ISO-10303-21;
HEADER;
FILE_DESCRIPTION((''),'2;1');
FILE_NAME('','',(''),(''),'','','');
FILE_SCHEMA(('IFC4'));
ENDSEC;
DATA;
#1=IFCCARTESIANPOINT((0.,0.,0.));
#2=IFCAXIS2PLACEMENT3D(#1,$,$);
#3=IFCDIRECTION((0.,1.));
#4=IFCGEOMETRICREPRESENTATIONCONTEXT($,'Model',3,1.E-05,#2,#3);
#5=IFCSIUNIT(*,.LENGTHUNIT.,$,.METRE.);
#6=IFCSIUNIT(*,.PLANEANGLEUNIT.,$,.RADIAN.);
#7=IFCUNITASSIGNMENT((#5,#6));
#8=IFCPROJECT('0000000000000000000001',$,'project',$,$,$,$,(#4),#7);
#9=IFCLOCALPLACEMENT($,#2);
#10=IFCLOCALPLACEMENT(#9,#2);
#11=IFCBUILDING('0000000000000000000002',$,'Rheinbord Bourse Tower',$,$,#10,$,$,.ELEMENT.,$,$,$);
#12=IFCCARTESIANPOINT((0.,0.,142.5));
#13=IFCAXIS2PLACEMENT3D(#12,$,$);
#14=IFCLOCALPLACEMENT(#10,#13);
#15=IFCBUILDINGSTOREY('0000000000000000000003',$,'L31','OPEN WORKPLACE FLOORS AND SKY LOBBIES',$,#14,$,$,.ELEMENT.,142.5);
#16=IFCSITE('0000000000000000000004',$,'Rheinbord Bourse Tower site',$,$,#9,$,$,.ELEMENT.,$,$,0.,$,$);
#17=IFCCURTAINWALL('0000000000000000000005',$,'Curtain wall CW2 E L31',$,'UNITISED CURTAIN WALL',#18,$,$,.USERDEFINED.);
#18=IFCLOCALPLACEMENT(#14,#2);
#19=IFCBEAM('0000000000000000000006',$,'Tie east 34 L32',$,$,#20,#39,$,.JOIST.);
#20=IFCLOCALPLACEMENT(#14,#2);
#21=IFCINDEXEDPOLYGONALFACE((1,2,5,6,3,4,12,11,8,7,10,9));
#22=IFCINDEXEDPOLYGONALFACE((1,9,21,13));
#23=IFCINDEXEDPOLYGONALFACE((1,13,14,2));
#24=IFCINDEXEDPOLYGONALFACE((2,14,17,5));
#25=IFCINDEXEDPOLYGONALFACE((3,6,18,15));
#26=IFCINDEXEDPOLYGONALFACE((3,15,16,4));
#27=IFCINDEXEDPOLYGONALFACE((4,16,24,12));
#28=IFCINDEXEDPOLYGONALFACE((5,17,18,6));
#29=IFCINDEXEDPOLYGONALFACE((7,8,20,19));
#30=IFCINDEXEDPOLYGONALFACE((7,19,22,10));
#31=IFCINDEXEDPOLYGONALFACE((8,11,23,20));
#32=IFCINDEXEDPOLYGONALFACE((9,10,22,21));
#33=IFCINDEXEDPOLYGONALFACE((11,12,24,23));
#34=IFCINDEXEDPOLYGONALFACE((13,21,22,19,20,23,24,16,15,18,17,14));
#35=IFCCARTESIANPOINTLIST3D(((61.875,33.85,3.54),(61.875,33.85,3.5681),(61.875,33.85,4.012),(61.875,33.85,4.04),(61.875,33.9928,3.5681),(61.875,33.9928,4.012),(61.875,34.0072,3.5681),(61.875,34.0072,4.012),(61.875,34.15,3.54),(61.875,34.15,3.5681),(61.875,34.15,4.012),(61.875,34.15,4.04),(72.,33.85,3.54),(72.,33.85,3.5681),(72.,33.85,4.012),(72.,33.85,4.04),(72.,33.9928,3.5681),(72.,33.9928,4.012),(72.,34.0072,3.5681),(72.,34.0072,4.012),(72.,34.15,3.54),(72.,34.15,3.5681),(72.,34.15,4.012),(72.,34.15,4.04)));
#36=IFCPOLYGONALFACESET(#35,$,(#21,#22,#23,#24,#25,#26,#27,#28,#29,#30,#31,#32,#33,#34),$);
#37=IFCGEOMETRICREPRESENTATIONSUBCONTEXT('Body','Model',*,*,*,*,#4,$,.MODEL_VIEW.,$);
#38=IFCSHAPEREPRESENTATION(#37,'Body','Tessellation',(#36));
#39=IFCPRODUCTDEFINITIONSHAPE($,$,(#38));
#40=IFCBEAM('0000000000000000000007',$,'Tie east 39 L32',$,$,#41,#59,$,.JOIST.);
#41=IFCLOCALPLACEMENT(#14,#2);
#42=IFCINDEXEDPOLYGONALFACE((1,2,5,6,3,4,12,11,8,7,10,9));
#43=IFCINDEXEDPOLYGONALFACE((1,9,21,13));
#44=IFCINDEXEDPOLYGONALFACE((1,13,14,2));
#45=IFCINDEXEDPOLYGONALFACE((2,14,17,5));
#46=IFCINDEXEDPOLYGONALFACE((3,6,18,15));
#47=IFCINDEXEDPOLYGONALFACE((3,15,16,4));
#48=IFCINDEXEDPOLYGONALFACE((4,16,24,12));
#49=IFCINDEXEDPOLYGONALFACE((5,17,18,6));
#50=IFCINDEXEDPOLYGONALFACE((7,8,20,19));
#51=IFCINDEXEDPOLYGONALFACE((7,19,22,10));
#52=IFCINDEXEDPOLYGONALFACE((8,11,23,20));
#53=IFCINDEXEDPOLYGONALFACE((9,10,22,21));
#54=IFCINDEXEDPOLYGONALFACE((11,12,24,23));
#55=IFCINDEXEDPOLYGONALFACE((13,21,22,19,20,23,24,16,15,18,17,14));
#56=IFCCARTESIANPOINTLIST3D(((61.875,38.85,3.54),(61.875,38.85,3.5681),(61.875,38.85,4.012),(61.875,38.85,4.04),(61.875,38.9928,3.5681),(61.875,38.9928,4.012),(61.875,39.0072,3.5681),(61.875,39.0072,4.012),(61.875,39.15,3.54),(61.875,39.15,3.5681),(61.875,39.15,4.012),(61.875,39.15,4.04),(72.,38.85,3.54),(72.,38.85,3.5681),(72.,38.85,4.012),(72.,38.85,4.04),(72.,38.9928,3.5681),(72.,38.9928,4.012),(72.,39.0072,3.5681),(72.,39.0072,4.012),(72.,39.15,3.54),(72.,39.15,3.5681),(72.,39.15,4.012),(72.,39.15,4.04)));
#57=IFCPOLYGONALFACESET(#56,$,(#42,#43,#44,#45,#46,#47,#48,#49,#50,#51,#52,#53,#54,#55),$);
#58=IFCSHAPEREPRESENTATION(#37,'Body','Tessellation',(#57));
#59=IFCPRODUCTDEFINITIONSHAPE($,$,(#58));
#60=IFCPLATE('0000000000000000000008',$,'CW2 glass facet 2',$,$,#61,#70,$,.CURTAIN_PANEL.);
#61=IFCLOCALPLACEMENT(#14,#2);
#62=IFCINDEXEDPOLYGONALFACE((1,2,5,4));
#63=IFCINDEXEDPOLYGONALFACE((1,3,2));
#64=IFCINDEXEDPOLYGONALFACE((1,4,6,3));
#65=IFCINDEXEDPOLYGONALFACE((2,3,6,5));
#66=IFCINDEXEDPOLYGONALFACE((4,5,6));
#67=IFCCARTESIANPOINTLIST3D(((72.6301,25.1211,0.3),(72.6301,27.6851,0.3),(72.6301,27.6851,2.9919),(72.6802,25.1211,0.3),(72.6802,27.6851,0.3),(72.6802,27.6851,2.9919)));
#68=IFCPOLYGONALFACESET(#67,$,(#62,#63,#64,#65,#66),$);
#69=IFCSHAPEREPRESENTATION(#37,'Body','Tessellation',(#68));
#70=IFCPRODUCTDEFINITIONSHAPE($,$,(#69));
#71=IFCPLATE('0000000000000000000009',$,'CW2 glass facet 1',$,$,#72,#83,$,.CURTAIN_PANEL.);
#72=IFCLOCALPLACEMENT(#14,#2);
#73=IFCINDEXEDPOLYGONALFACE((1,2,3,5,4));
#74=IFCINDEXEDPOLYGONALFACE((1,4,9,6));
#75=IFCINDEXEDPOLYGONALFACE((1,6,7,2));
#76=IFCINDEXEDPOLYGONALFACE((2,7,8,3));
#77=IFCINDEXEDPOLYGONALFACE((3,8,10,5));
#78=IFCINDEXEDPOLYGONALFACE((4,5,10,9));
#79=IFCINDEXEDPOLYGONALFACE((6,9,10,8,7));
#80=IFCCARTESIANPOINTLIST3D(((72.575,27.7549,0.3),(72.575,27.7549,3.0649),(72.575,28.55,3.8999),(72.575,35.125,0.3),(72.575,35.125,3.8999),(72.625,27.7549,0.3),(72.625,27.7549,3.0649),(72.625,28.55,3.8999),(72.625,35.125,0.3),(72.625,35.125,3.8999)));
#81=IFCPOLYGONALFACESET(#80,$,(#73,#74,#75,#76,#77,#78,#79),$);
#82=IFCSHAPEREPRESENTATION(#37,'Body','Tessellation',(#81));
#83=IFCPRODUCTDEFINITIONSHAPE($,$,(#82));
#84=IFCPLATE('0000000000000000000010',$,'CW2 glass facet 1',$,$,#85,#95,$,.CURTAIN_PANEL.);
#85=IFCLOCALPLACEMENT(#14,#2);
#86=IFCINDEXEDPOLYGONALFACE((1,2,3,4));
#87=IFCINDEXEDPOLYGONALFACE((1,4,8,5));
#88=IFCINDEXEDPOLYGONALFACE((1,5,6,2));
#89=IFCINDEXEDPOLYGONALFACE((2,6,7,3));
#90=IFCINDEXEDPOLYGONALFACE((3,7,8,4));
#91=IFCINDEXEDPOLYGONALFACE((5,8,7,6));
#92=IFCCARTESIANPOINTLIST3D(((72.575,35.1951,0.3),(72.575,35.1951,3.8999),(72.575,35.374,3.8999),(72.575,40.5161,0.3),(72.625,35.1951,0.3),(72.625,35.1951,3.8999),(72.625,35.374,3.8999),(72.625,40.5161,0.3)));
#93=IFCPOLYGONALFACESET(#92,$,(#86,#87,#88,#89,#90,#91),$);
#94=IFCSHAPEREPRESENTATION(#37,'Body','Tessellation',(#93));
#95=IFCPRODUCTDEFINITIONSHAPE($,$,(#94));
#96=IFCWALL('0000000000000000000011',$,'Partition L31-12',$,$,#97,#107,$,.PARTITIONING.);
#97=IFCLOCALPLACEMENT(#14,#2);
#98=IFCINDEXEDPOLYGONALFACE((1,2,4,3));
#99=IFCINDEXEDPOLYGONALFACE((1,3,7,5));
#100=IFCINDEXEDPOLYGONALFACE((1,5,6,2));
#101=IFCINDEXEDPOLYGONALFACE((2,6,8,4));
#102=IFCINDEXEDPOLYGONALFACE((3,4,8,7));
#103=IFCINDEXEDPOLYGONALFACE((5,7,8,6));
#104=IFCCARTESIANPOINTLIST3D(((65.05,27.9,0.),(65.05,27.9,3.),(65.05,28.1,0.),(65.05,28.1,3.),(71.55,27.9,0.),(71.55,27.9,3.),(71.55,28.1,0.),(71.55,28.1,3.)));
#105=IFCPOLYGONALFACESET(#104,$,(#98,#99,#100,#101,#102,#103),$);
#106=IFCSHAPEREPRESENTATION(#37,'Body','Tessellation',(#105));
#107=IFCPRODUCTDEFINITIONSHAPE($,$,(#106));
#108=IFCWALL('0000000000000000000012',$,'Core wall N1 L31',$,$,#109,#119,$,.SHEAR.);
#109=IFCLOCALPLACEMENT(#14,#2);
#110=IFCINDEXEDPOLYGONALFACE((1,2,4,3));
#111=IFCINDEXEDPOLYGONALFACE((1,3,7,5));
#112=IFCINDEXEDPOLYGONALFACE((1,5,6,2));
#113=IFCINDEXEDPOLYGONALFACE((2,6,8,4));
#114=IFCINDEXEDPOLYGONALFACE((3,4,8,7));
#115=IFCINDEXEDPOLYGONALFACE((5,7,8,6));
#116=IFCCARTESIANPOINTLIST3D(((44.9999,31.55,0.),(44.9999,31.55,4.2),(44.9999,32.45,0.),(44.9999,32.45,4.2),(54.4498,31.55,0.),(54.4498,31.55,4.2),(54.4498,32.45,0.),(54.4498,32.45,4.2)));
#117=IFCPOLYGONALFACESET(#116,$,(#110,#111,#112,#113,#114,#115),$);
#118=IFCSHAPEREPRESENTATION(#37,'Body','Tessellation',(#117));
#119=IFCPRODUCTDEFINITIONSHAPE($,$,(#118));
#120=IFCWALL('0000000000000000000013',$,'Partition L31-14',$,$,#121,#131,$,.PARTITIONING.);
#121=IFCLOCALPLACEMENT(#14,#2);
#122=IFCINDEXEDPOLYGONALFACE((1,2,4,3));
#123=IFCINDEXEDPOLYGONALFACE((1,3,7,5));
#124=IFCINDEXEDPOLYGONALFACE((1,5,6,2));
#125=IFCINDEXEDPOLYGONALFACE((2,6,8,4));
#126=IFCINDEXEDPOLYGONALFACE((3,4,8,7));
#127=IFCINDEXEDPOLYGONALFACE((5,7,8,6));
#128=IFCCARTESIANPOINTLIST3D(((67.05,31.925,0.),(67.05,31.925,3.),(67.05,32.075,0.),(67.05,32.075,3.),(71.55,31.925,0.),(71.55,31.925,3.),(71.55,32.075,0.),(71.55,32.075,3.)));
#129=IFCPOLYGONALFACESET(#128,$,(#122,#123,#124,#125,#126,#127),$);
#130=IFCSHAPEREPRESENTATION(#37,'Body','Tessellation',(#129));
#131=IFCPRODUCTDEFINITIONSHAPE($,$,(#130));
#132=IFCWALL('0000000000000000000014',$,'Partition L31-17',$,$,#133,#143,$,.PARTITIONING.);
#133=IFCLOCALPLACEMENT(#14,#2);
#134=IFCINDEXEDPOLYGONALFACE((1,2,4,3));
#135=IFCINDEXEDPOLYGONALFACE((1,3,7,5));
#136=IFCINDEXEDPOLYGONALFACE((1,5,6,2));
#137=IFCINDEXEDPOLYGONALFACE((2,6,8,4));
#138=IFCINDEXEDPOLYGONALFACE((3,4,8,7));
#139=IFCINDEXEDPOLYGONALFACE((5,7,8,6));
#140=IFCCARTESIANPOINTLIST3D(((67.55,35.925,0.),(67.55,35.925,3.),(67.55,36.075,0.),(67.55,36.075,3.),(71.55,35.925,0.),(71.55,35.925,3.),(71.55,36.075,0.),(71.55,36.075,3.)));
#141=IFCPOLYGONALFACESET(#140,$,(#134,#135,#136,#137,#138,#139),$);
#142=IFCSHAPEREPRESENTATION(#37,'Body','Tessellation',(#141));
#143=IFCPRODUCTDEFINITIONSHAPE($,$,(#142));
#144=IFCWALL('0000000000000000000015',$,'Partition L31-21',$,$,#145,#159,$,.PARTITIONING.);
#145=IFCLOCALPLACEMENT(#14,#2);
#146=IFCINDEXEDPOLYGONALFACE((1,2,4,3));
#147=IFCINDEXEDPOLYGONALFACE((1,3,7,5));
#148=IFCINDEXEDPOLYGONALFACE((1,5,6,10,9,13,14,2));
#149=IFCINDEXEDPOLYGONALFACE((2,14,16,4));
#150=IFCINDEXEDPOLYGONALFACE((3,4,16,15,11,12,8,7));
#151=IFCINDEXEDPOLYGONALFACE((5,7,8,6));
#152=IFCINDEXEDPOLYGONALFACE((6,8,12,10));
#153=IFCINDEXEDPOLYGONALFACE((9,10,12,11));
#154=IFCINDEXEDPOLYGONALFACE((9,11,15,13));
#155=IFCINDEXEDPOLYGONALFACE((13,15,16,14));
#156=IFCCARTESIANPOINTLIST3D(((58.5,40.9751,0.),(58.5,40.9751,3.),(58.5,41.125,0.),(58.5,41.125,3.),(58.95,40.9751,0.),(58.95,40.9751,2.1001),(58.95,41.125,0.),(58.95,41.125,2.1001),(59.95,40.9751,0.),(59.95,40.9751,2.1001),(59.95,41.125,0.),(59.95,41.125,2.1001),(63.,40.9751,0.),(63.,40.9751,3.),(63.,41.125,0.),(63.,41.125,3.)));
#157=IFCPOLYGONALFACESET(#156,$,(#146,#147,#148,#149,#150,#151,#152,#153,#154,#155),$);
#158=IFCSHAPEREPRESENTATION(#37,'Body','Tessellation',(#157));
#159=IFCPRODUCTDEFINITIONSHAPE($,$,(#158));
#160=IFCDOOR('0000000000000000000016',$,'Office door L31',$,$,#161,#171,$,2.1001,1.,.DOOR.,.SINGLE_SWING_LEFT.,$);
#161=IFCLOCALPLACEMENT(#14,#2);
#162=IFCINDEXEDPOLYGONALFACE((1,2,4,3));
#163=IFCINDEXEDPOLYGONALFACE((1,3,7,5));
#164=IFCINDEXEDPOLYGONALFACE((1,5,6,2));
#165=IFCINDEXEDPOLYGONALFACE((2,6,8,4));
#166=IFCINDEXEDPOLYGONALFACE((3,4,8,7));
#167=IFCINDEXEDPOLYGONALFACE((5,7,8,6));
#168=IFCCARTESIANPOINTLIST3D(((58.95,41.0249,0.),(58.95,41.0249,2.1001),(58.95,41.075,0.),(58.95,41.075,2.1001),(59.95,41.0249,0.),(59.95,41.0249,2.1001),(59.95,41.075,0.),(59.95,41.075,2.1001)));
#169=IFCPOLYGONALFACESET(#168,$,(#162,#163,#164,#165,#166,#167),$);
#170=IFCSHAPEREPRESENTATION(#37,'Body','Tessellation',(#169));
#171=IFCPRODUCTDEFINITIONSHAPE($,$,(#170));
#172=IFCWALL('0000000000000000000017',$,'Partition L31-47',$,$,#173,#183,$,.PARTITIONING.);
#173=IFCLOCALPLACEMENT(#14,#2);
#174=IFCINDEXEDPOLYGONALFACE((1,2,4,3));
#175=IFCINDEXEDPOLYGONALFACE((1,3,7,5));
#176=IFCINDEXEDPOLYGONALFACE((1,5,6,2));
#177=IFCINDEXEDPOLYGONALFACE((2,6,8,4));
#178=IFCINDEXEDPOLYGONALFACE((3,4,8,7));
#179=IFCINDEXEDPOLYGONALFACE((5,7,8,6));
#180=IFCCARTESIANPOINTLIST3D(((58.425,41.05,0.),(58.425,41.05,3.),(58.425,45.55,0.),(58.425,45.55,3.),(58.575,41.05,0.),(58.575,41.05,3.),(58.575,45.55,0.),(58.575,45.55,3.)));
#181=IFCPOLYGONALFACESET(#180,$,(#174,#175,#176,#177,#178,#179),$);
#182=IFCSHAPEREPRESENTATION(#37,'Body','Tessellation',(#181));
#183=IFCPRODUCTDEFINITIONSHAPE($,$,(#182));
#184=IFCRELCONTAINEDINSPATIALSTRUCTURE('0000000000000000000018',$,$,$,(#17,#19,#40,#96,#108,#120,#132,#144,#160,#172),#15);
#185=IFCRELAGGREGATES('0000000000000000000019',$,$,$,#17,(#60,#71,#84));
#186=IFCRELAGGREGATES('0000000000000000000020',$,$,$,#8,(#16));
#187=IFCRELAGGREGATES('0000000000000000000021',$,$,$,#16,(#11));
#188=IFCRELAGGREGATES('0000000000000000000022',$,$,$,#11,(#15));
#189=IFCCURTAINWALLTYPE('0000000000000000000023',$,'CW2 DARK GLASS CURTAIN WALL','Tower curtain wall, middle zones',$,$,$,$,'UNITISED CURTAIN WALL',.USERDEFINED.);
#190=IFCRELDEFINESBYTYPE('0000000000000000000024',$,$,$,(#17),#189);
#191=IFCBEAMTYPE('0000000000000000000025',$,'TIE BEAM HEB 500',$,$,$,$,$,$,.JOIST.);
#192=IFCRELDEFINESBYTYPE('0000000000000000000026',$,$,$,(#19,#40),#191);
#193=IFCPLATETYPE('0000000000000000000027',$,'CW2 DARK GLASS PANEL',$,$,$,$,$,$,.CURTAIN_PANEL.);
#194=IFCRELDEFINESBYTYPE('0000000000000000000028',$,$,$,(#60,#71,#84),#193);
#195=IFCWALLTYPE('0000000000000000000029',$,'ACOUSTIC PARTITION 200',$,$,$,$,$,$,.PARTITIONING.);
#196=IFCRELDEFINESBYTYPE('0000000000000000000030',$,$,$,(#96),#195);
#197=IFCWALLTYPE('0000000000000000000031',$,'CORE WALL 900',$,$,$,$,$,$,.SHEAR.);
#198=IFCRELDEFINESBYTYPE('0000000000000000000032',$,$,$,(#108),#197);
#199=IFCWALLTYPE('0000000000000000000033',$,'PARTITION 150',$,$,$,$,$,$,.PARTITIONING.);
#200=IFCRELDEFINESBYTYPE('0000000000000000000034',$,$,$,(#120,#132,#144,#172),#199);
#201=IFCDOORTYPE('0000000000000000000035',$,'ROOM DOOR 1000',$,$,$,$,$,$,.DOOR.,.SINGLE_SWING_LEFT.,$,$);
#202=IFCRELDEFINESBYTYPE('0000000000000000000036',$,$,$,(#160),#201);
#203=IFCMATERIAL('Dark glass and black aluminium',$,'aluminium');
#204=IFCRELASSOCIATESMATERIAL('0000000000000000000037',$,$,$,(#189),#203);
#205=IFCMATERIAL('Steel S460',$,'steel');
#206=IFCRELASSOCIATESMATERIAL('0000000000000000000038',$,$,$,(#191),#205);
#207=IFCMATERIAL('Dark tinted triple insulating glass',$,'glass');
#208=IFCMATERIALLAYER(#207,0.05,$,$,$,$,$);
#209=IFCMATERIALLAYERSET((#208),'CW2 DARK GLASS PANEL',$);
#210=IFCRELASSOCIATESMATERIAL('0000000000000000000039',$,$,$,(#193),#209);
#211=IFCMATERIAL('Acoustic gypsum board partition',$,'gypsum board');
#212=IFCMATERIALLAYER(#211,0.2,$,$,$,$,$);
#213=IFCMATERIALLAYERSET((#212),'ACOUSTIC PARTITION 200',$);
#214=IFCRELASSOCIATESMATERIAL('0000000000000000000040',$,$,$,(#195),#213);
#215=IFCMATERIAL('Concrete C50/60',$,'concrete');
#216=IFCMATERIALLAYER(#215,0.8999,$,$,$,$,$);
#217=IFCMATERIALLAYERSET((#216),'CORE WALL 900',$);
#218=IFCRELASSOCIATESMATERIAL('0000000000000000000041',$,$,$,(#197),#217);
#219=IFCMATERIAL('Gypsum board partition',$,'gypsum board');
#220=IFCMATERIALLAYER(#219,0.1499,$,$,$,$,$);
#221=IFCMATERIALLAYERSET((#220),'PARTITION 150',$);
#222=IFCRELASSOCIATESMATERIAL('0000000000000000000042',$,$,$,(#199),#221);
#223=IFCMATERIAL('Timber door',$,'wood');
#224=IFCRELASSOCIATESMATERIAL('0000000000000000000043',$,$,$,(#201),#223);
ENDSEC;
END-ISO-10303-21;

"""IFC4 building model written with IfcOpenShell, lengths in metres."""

from ifc_helpers import new_model, si_unit, direction, frame, frame_2d, origin, origin_2d, place, context, subcontext, project, spatial, polyline, rectangle, i_section, outline, extrude, material, layer, layer_set, material_profile, profile_set, type_object, element, fill, aggregate, save


model = new_model("IFC4")

# Units and contexts
model_context = context("Model", 3, precision=1e-05, world=origin(), true_north=direction((0.0, 1.0)))
body_context = subcontext(model_context, "Body", "Model", "MODEL_VIEW")
ifc_project = project(units=[si_unit("LENGTHUNIT", "METRE"), si_unit("PLANEANGLEUNIT", "RADIAN")], contexts=[model_context])

# Site, building, storey
site_placement = place(None, origin())
site = spatial("IfcSite", under=ifc_project, at=site_placement, Name="Rheinbord Bourse Tower site", CompositionType="ELEMENT", RefElevation=0.0)
building_placement = place(site_placement, origin())
building = spatial("IfcBuilding", under=site, at=building_placement, Name="Rheinbord Bourse Tower", CompositionType="ELEMENT")
storey_placement = place(building_placement, frame((0.0, 0.0, 142.5)))
storey = spatial("IfcBuildingStorey", under=building, at=storey_placement, Name="L31", Description="OPEN WORKPLACE FLOORS AND SKY LOBBIES", CompositionType="ELEMENT", Elevation=142.5)

# Curtain wall
ifc_material_1 = material(Name="Dark glass and black aluminium", Category="aluminium")
curtain_wall_type = type_object("IfcCurtainWallType", Name="CW2 DARK GLASS CURTAIN WALL", Description="Tower curtain wall, middle zones", ElementType="UNITISED CURTAIN WALL", PredefinedType="USERDEFINED", material=ifc_material_1)
curtain_wall_placement = place(storey_placement, origin())
curtain_wall = element("IfcCurtainWall", 1, at=curtain_wall_placement, inside=storey, type_object=curtain_wall_type, Name="Curtain wall CW2 E L31", ObjectType="UNITISED CURTAIN WALL", PredefinedType="USERDEFINED")

# Beams
ifc_material_2 = material(Name="Steel S460", Category="steel")
ifc_material_profile_1 = material_profile(ifc_material_2, i_section(OverallWidth=0.3, OverallDepth=0.5, WebThickness=0.0144, FlangeThickness=0.0281, at=origin_2d()), Name="HEB 500")
ifc_profile_set_1 = profile_set([ifc_material_profile_1], Name="Steel S460")
beam_type_1 = type_object("IfcBeamType", Name="TIE BEAM HEB 500", PredefinedType="JOIST", material=ifc_profile_set_1)
for number, where, z_axis, x_axis, name in (
    (2, (61.875, 34.0, 3.79), (1.0, 0.0, 0.0), (0.0, 1.0, 0.0), "Tie east 34 L32"),
    (3, (61.875, 39.0, 3.79), (1.0, 0.0, 0.0), (0.0, 1.0, 0.0), "Tie east 39 L32"),
):
    element("IfcBeam", number, at=place(storey_placement, frame(where, z_axis=z_axis, x_axis=x_axis)), inside=storey, type_object=beam_type_1, Name=name, PredefinedType="JOIST", context=body_context, shape_type="SweptSolid", body=[
        extrude(i_section(OverallWidth=0.3, OverallDepth=0.5, WebThickness=0.0144, FlangeThickness=0.0281, at=origin_2d()), origin(), (0.0, 0.0, 1.0), 10.125),
    ])

# Plates
ifc_material_3 = material(Name="Dark tinted triple insulating glass", Category="glass")
ifc_layer_1 = layer(ifc_material_3, 0.05)
ifc_layer_set_1 = layer_set([ifc_layer_1], Name="CW2 DARK GLASS PANEL")
plate_type = type_object("IfcPlateType", Name="CW2 DARK GLASS PANEL", PredefinedType="CURTAIN_PANEL", material=ifc_layer_set_1)
plate_1_placement = place(storey_placement, frame((72.6802, 27.6851, 0.3), z_axis=(-1.0, 0.0, 0.0), x_axis=(0.0, -1.0, 0.0)))
plate_1 = element("IfcPlate", 4, at=plate_1_placement, type_object=plate_type, Name="CW2 glass facet 2", PredefinedType="CURTAIN_PANEL", context=body_context, shape_type="SweptSolid", body=[
    extrude(outline(polyline([(0.0, 0.0), (2.564, 0.0), (0.0, 2.6919), (0.0, 0.0)])), origin(), (0.0, 0.0, 1.0), 0.05),
])
plate_2_placement = place(storey_placement, frame((72.625, 35.125, 3.8999), z_axis=(-1.0, 0.0, 0.0), x_axis=(0.0, 0.0, -1.0)))
plate_2 = element("IfcPlate", 5, at=plate_2_placement, type_object=plate_type, Name="CW2 glass facet 1", PredefinedType="CURTAIN_PANEL", context=body_context, shape_type="SweptSolid", body=[
    extrude(outline(polyline([(0.0, 0.0), (3.5999, 0.0), (3.5999, 7.3701), (0.835, 7.3701), (0.0, 6.575), (0.0, 0.0)])), origin(), (0.0, 0.0, 1.0), 0.05),
])
plate_3_placement = place(storey_placement, frame((72.625, 35.1951, 0.3), z_axis=(-1.0, 0.0, 0.0), x_axis=(0.0, 0.0, 1.0)))
plate_3 = element("IfcPlate", 6, at=plate_3_placement, type_object=plate_type, Name="CW2 glass facet 1", PredefinedType="CURTAIN_PANEL", context=body_context, shape_type="SweptSolid", body=[
    extrude(outline(polyline([(0.0, 0.0), (3.5999, 0.0), (3.5999, 0.179), (0.0, 5.321), (0.0, 0.0)])), origin(), (0.0, 0.0, 1.0), 0.05),
])
aggregate(curtain_wall, [plate_1, plate_2, plate_3])

# Walls
ifc_material_4 = material(Name="Acoustic gypsum board partition", Category="gypsum board")
ifc_layer_2 = layer(ifc_material_4, 0.2)
ifc_layer_set_2 = layer_set([ifc_layer_2], Name="ACOUSTIC PARTITION 200")
wall_type_1 = type_object("IfcWallType", Name="ACOUSTIC PARTITION 200", PredefinedType="PARTITIONING", material=ifc_layer_set_2)
wall_1_placement = place(storey_placement, frame((65.05, 28.0, 0.0), z_axis=(0.0, 0.0, 1.0), x_axis=(1.0, 0.0, 0.0)))
element("IfcWall", 7, at=wall_1_placement, inside=storey, type_object=wall_type_1, Name="Partition L31-12", PredefinedType="PARTITIONING", context=body_context, shape_type="SweptSolid", body=[
    extrude(rectangle(XDim=6.5, YDim=0.2, at=frame_2d((3.25, 0.0))), origin(), (0.0, 0.0, 1.0), 3.0),
])
ifc_material_5 = material(Name="Concrete C50/60", Category="concrete")
ifc_layer_3 = layer(ifc_material_5, 0.8999)
ifc_layer_set_3 = layer_set([ifc_layer_3], Name="CORE WALL 900")
wall_type_2 = type_object("IfcWallType", Name="CORE WALL 900", PredefinedType="SHEAR", material=ifc_layer_set_3)
wall_2_placement = place(storey_placement, frame((54.45, 32.0, 0.0), z_axis=(0.0, 0.0, 1.0), x_axis=(-1.0, 0.0, 0.0)))
element("IfcWall", 8, at=wall_2_placement, inside=storey, type_object=wall_type_2, Name="Core wall N1 L31", PredefinedType="SHEAR", context=body_context, shape_type="SweptSolid", body=[
    extrude(rectangle(XDim=9.45, YDim=0.8999, at=frame_2d((4.7251, 0.0))), origin(), (0.0, 0.0, 1.0), 4.2),
])
ifc_material_6 = material(Name="Gypsum board partition", Category="gypsum board")
ifc_layer_4 = layer(ifc_material_6, 0.1499)
ifc_layer_set_4 = layer_set([ifc_layer_4], Name="PARTITION 150")
wall_type_3 = type_object("IfcWallType", Name="PARTITION 150", PredefinedType="PARTITIONING", material=ifc_layer_set_4)
wall_3_placement = place(storey_placement, frame((67.05, 32.0, 0.0), z_axis=(0.0, 0.0, 1.0), x_axis=(1.0, 0.0, 0.0)))
element("IfcWall", 9, at=wall_3_placement, inside=storey, type_object=wall_type_3, Name="Partition L31-14", PredefinedType="PARTITIONING", context=body_context, shape_type="SweptSolid", body=[
    extrude(rectangle(XDim=4.5, YDim=0.1499, at=frame_2d((2.25, 0.0))), origin(), (0.0, 0.0, 1.0), 3.0),
])
wall_4_placement = place(storey_placement, frame((67.55, 36.0, 0.0), z_axis=(0.0, 0.0, 1.0), x_axis=(1.0, 0.0, 0.0)))
element("IfcWall", 10, at=wall_4_placement, inside=storey, type_object=wall_type_3, Name="Partition L31-17", PredefinedType="PARTITIONING", context=body_context, shape_type="SweptSolid", body=[
    extrude(rectangle(XDim=4.0, YDim=0.1499, at=frame_2d((2.0, 0.0))), origin(), (0.0, 0.0, 1.0), 3.0),
])

# Wall, opening, door
wall_5_placement = place(storey_placement, frame((58.5, 41.05, 0.0), z_axis=(0.0, 0.0, 1.0), x_axis=(1.0, 0.0, 0.0)))
wall_5 = element("IfcWall", 11, at=wall_5_placement, inside=storey, type_object=wall_type_3, Name="Partition L31-21", PredefinedType="PARTITIONING", context=body_context, shape_type="SweptSolid", body=[
    extrude(rectangle(XDim=4.5, YDim=0.1499, at=frame_2d((2.25, 0.0))), origin(), (0.0, 0.0, 1.0), 3.0),
])
opening_1_placement = place(wall_5_placement, frame((0.45, 0.0, 0.0)))
opening_1 = element("IfcOpeningElement", 12, at=opening_1_placement, cuts=wall_5, PredefinedType="OPENING", context=body_context, shape_type="SweptSolid", body=[
    extrude(rectangle(XDim=1.0, YDim=2.1001, at=frame_2d((0.5, 1.05))), frame((0.0, 0.085, 0.0), z_axis=(0.0, -1.0, 0.0), x_axis=(1.0, 0.0, 0.0)), (0.0, 0.0, 1.0), 0.1699),
])
ifc_material_7 = material(Name="Timber door", Category="wood")
door_type = type_object("IfcDoorType", Name="ROOM DOOR 1000", OperationType="SINGLE_SWING_LEFT", PredefinedType="DOOR", material=ifc_material_7)
door_1_placement = place(opening_1_placement, origin())
door_1 = element("IfcDoor", 13, at=door_1_placement, inside=storey, type_object=door_type, Name="Office door L31", OperationType="SINGLE_SWING_LEFT", OverallHeight=2.1001, OverallWidth=1.0, PredefinedType="DOOR", context=body_context, shape_type="SweptSolid", body=[
    extrude(rectangle(XDim=1.0, YDim=2.1001, at=frame_2d((0.5, 1.05))), frame((0.0, 0.0249, 0.0), z_axis=(0.0, -1.0, 0.0), x_axis=(1.0, 0.0, 0.0)), (0.0, 0.0, 1.0), 0.05),
])
fill(opening_1, door_1)

# Wall
for number, where, z_axis, x_axis, name in (
    (14, (58.5, 41.05, 0.0), (0.0, 0.0, 1.0), (0.0, 1.0, 0.0), "Partition L31-47"),
):
    element("IfcWall", number, at=place(storey_placement, frame(where, z_axis=z_axis, x_axis=x_axis)), inside=storey, type_object=wall_type_3, Name=name, PredefinedType="PARTITIONING", context=body_context, shape_type="SweptSolid", body=[
        extrude(rectangle(XDim=4.5, YDim=0.1499, at=frame_2d((2.25, 0.0))), origin(), (0.0, 0.0, 1.0), 3.0),
    ])

save(model, "model.ifc")
